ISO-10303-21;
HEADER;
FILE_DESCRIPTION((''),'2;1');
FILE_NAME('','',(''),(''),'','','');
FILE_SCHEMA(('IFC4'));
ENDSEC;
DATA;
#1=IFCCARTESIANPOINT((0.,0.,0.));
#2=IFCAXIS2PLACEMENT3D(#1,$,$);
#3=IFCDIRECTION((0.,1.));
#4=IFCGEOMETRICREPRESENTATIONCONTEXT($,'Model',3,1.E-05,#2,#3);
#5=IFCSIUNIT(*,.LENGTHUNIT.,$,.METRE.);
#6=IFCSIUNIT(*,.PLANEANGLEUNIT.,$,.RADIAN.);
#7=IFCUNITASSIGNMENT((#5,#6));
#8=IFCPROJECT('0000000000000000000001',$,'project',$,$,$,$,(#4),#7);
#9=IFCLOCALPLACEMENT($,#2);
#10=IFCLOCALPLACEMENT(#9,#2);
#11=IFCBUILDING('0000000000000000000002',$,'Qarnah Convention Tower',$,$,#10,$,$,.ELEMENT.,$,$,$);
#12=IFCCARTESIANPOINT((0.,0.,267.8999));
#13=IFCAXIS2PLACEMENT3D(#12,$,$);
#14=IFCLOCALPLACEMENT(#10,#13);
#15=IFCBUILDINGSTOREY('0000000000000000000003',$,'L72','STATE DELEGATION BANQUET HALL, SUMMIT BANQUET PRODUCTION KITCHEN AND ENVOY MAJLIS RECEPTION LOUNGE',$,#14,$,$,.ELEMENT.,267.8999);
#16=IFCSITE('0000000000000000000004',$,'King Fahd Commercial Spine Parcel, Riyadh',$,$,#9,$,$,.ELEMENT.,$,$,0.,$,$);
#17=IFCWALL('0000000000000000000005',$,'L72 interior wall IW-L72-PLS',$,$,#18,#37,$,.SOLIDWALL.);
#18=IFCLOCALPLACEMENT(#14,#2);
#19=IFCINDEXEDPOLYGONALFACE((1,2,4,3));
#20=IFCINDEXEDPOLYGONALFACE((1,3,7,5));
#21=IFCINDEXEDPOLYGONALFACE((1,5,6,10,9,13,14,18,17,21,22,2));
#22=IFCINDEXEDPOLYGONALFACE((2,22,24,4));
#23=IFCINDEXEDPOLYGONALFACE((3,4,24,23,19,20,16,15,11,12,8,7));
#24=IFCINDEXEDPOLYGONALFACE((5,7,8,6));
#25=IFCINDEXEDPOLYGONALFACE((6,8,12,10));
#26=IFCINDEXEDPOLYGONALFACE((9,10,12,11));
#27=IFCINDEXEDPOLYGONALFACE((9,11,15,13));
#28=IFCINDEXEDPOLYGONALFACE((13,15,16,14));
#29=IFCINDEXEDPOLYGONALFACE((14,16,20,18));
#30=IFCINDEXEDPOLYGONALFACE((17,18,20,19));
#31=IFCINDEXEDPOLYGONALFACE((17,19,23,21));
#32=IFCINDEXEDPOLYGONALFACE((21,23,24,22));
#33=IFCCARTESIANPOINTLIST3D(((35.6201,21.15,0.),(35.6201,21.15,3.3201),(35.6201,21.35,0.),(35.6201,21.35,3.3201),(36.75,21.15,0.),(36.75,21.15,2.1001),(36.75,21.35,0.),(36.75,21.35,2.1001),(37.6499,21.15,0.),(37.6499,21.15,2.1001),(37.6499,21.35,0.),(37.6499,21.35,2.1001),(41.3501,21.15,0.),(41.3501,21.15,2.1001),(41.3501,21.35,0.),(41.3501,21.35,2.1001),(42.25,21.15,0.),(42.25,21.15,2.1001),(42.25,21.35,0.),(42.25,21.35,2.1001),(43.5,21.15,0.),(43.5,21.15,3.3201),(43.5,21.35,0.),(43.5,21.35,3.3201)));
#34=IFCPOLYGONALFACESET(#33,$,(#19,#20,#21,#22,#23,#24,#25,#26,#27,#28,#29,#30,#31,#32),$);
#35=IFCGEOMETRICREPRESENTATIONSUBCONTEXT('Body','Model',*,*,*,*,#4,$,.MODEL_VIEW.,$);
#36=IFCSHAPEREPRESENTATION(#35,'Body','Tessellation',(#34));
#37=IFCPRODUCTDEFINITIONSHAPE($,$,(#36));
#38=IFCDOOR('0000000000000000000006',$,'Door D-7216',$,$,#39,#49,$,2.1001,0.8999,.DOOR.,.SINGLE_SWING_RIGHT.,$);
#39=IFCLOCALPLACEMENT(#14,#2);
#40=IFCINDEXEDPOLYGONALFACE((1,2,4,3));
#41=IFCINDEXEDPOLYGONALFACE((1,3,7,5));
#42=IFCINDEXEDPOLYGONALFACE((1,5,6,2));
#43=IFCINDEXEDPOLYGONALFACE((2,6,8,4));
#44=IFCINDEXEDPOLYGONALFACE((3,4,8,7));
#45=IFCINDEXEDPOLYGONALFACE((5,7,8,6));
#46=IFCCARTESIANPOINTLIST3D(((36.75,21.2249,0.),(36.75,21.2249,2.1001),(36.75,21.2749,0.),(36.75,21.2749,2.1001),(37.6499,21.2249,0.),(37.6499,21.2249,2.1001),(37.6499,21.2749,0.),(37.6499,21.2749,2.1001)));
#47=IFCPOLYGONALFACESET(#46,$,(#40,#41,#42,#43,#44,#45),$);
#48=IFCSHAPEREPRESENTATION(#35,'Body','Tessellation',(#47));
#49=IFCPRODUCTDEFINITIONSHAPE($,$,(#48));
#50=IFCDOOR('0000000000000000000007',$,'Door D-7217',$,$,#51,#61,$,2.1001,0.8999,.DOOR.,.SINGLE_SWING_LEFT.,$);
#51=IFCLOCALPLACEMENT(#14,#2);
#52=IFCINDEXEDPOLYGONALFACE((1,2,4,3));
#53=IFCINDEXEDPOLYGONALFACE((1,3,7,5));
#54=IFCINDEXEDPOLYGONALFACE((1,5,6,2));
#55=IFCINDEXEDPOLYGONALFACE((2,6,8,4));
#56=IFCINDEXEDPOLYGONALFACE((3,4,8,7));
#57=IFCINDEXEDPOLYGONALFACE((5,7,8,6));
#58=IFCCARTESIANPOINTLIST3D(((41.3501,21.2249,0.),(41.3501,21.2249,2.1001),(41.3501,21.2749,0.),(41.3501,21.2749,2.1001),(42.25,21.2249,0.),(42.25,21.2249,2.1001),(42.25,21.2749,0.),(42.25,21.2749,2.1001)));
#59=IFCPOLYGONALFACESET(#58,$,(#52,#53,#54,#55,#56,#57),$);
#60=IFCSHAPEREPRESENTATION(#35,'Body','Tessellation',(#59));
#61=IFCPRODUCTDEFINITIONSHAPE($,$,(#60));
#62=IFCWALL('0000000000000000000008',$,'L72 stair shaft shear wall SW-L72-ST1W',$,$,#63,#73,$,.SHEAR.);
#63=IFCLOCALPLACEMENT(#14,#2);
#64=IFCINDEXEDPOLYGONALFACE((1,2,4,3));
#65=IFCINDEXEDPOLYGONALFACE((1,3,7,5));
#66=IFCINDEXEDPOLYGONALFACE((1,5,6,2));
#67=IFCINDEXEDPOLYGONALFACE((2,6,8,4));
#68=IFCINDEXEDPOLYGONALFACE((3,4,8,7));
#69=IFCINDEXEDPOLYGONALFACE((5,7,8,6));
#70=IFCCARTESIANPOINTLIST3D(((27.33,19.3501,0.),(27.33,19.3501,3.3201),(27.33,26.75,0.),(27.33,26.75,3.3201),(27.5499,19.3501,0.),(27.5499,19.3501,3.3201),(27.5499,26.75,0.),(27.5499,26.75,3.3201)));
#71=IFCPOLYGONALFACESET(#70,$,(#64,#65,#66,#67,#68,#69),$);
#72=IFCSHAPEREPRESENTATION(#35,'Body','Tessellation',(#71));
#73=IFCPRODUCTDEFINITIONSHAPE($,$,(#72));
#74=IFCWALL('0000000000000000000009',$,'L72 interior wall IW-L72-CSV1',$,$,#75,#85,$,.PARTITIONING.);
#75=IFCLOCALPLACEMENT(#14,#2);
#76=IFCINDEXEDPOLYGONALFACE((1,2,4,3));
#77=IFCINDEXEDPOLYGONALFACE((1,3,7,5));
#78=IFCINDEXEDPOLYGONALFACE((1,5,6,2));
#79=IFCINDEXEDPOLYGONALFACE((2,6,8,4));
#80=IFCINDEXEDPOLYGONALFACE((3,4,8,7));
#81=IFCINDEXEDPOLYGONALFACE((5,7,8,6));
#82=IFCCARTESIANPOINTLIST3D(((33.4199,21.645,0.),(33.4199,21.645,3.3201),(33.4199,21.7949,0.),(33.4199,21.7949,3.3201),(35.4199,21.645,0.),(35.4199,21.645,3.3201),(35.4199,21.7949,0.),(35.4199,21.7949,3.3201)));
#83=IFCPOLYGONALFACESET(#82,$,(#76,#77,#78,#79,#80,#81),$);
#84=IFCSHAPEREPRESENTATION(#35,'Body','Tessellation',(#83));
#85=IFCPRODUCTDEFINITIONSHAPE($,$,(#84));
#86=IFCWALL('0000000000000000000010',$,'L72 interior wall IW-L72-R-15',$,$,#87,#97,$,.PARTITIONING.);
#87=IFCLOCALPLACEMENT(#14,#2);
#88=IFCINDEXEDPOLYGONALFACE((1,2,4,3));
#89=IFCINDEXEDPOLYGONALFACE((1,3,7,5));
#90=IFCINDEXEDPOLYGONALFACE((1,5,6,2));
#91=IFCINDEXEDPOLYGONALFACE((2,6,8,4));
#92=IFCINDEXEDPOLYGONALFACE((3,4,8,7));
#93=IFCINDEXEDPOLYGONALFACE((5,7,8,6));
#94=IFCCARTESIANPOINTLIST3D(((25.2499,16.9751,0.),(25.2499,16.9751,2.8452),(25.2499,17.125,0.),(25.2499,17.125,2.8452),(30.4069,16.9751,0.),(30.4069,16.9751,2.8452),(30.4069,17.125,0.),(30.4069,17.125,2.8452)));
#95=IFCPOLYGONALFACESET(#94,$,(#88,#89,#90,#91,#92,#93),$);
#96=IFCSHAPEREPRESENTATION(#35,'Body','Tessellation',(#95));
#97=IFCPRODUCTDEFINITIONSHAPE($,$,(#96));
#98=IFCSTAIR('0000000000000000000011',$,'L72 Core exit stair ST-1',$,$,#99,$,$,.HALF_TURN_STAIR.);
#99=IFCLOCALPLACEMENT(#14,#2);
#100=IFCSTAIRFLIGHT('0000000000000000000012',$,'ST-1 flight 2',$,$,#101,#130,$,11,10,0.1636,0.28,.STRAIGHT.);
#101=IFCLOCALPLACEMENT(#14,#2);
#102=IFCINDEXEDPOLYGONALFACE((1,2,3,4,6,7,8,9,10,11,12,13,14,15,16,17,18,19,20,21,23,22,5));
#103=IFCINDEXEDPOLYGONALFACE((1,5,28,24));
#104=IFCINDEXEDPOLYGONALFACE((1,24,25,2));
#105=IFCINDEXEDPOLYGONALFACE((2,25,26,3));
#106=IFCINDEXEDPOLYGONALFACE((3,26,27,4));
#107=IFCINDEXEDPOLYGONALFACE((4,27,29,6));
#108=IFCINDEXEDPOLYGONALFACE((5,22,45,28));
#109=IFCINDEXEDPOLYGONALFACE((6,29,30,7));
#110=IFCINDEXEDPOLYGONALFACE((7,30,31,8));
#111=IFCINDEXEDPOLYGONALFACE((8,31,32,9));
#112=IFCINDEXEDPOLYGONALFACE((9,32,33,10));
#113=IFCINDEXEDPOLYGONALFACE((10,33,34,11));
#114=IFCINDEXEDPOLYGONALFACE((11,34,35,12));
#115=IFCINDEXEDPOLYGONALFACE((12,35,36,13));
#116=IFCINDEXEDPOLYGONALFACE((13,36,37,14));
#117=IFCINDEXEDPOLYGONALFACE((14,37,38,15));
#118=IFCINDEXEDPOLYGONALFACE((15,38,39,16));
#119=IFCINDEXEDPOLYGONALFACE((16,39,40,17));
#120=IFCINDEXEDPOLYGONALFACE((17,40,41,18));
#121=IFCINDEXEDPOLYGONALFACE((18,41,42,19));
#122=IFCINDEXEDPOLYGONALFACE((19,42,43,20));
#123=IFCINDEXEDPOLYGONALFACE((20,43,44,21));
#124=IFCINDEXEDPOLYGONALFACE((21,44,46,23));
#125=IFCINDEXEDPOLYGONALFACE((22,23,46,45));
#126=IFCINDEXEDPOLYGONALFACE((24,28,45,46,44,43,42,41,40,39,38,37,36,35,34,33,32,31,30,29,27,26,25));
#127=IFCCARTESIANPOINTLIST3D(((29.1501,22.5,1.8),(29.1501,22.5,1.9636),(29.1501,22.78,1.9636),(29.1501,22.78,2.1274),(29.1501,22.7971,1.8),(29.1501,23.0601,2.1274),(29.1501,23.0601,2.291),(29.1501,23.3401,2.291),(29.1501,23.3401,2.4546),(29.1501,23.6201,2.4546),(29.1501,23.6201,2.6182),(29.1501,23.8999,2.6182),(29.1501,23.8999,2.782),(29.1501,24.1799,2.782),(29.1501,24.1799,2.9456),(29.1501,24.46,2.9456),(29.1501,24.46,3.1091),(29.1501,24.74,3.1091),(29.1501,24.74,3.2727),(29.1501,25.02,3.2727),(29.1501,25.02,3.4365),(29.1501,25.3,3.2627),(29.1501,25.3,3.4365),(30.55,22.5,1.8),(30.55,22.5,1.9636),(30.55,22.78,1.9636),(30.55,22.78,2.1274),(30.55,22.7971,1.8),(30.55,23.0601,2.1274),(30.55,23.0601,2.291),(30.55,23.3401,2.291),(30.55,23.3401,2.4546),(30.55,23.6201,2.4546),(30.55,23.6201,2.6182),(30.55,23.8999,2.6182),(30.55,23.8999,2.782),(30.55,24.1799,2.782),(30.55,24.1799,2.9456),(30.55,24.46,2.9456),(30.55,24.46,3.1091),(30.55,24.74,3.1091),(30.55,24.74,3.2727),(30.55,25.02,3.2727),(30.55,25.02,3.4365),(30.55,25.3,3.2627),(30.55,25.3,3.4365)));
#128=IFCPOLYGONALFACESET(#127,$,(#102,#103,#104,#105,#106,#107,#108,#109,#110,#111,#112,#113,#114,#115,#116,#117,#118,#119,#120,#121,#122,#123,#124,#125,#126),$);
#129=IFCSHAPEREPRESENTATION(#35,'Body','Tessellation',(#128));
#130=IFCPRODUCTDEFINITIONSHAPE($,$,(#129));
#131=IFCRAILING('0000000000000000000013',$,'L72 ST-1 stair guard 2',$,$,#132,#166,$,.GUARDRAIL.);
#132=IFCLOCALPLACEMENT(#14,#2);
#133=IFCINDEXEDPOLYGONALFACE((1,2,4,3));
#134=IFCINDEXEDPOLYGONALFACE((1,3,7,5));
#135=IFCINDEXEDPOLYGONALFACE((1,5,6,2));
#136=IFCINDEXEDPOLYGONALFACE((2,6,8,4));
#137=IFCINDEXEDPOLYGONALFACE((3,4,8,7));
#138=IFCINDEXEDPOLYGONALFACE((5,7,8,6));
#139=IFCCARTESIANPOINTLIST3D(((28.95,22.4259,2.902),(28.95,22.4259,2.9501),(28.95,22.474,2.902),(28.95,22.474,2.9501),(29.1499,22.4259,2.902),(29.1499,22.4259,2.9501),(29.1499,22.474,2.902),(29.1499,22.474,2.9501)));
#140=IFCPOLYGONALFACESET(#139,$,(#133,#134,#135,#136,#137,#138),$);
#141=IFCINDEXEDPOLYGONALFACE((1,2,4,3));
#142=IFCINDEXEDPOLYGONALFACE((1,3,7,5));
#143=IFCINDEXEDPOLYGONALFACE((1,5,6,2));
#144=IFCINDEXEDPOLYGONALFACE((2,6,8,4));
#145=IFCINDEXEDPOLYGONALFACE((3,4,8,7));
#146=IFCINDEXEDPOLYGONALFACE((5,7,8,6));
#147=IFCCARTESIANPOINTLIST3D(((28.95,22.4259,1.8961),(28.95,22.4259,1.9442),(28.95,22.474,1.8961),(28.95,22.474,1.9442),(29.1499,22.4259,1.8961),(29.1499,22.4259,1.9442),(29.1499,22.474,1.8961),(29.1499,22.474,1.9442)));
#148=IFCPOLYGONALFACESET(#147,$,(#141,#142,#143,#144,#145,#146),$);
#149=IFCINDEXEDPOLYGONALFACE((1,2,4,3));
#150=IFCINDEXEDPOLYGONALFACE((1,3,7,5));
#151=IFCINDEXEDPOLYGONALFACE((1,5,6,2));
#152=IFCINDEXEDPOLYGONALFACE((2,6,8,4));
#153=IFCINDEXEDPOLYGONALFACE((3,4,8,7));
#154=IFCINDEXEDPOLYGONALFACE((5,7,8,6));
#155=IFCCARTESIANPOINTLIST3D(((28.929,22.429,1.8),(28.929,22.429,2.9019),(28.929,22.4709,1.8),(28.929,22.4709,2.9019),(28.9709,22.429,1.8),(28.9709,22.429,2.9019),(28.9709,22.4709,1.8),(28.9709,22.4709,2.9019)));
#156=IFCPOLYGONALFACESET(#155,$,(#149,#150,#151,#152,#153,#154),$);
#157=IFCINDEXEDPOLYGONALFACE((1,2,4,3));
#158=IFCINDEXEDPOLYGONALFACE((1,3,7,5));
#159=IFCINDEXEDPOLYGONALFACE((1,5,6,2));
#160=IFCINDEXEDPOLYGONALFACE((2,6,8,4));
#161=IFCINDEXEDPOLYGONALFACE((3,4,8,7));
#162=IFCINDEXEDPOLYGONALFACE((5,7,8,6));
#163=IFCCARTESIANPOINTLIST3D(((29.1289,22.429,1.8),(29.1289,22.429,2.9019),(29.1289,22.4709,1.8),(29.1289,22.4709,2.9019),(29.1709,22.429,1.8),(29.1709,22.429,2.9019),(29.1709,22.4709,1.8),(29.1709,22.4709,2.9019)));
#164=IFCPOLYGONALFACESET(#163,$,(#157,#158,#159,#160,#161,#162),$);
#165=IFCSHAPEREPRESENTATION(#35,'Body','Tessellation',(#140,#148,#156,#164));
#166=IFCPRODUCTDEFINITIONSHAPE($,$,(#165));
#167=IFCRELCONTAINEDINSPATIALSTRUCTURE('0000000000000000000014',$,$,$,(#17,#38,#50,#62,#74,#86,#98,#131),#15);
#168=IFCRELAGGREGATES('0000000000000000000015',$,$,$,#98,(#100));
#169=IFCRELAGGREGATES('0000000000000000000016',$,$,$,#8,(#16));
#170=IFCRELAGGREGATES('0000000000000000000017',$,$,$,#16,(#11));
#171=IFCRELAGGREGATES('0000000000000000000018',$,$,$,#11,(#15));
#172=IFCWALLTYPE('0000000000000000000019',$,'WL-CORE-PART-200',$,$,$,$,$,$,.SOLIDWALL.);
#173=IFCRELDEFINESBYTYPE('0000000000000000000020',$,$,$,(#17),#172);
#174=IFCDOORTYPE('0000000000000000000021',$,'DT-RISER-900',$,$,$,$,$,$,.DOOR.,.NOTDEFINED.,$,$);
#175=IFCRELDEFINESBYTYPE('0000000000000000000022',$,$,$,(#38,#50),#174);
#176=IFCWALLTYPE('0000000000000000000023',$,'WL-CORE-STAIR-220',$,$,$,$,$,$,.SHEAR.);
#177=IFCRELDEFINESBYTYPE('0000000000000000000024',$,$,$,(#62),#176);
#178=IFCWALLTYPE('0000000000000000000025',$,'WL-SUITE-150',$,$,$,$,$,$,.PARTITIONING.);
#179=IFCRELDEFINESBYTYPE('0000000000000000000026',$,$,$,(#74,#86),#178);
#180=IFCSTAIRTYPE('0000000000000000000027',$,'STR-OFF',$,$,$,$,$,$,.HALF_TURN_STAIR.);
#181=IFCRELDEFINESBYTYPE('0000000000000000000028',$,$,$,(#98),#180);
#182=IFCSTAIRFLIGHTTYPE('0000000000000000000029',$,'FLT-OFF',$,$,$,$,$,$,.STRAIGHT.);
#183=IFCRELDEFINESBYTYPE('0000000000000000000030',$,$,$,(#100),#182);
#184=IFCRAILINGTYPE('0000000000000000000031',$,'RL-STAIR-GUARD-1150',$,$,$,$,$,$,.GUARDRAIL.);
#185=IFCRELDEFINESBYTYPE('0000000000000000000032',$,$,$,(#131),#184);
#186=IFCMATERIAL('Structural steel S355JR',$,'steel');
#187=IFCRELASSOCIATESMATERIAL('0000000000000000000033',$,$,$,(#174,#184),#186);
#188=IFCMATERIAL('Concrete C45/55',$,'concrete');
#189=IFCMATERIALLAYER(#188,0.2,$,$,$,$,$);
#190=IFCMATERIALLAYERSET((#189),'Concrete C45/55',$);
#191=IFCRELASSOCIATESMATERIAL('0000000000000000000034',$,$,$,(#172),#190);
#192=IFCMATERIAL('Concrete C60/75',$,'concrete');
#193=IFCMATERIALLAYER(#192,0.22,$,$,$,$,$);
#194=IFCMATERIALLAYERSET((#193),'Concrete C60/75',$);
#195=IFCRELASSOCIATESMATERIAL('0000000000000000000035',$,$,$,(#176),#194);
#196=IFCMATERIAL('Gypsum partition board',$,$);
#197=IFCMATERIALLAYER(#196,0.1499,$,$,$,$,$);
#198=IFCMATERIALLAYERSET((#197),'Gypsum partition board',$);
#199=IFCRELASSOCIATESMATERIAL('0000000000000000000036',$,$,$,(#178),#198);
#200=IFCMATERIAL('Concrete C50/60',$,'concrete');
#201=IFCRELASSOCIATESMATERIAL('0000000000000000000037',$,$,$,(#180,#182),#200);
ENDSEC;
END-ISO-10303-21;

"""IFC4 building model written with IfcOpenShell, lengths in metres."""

from ifc_helpers import new_model, si_unit, direction, frame, frame_2d, origin, origin_2d, place, context, subcontext, project, spatial, polyline, rectangle, outline, extrude, material, layer, layer_set, type_object, element, fill, aggregate, save


model = new_model("IFC4")

# Units and contexts
model_context = context("Model", 3, precision=1e-05, world=origin(), true_north=direction((0.0, 1.0)))
body_context = subcontext(model_context, "Body", "Model", "MODEL_VIEW")
ifc_project = project(units=[si_unit("LENGTHUNIT", "METRE"), si_unit("PLANEANGLEUNIT", "RADIAN")], contexts=[model_context])

# Site, building, storey
site_placement = place(None, origin())
site = spatial("IfcSite", under=ifc_project, at=site_placement, Name="King Fahd Commercial Spine Parcel, Riyadh", CompositionType="ELEMENT", RefElevation=0.0)
building_placement = place(site_placement, origin())
building = spatial("IfcBuilding", under=site, at=building_placement, Name="Qarnah Convention Tower", CompositionType="ELEMENT")
storey_placement = place(building_placement, frame((0.0, 0.0, 267.8999)))
storey = spatial("IfcBuildingStorey", under=building, at=storey_placement, Name="L72", Description="STATE DELEGATION BANQUET HALL, SUMMIT BANQUET PRODUCTION KITCHEN AND ENVOY MAJLIS RECEPTION LOUNGE", CompositionType="ELEMENT", Elevation=267.8999)

# Shared definitions
ifc_material_1 = material(Name="Concrete C50/60", Category="concrete")

# Shared definitions
ifc_material_2 = material(Name="Structural steel S355JR", Category="steel")

# Shared definitions
ifc_material_3 = material(Name="Concrete C60/75", Category="concrete")
door_type_1 = type_object("IfcDoorType", Name="DT-RISER-900", OperationType="NOTDEFINED", PredefinedType="DOOR", material=ifc_material_2)
ifc_material_4 = material(Name="Concrete C45/55", Category="concrete")
ifc_layer_1 = layer(ifc_material_4, 0.2)
ifc_layer_set_1 = layer_set([ifc_layer_1], Name="Concrete C45/55")
wall_type_1 = type_object("IfcWallType", Name="WL-CORE-PART-200", PredefinedType="SOLIDWALL", material=ifc_layer_set_1)

# Wall, openings, doors
wall_1_placement = place(storey_placement, frame((35.6201, 21.25, 0.0), z_axis=(0.0, 0.0, 1.0), x_axis=(1.0, 0.0, 0.0)))
wall_1 = element("IfcWall", 1, at=wall_1_placement, inside=storey, type_object=wall_type_1, Name="L72 interior wall IW-L72-PLS", PredefinedType="SOLIDWALL", context=body_context, shape_type="SweptSolid", body=[
    extrude(rectangle(XDim=7.8799, YDim=0.2, at=frame_2d((3.9399, 0.0))), origin(), (0.0, 0.0, 1.0), 3.3201),
])
opening_1_placement = place(wall_1_placement, frame((1.1299, 0.0, 0.0)))
opening_1 = element("IfcOpeningElement", 2, at=opening_1_placement, cuts=wall_1, PredefinedType="OPENING", context=body_context, shape_type="SweptSolid", body=[
    extrude(rectangle(XDim=0.8999, YDim=2.1001, at=frame_2d((0.45, 1.05))), frame((0.0, 0.1099, 0.0), z_axis=(0.0, -1.0, 0.0), x_axis=(1.0, 0.0, 0.0)), (0.0, 0.0, 1.0), 0.22),
])
opening_2_placement = place(wall_1_placement, frame((5.73, 0.0, 0.0)))
opening_2 = element("IfcOpeningElement", 3, at=opening_2_placement, cuts=wall_1, PredefinedType="OPENING", context=body_context, shape_type="SweptSolid", body=[
    extrude(rectangle(XDim=0.8999, YDim=2.1001, at=frame_2d((0.45, 1.05))), frame((0.0, 0.1099, 0.0), z_axis=(0.0, -1.0, 0.0), x_axis=(1.0, 0.0, 0.0)), (0.0, 0.0, 1.0), 0.22),
])
door_1_placement = place(opening_1_placement, origin())
door_1 = element("IfcDoor", 4, at=door_1_placement, inside=storey, type_object=door_type_1, Name="Door D-7216", OperationType="SINGLE_SWING_RIGHT", OverallHeight=2.1001, OverallWidth=0.8999, PredefinedType="DOOR", context=body_context, shape_type="SweptSolid", body=[
    extrude(rectangle(XDim=0.8999, YDim=2.1001, at=frame_2d((0.45, 1.05))), frame((0.0, 0.0249, 0.0), z_axis=(0.0, -1.0, 0.0), x_axis=(1.0, 0.0, 0.0)), (0.0, 0.0, 1.0), 0.05),
])
fill(opening_1, door_1)
door_2_placement = place(opening_2_placement, origin())
door_2 = element("IfcDoor", 5, at=door_2_placement, inside=storey, type_object=door_type_1, Name="Door D-7217", OperationType="SINGLE_SWING_LEFT", OverallHeight=2.1001, OverallWidth=0.8999, PredefinedType="DOOR", context=body_context, shape_type="SweptSolid", body=[
    extrude(rectangle(XDim=0.8999, YDim=2.1001, at=frame_2d((0.45, 1.05))), frame((0.0, 0.0249, 0.0), z_axis=(0.0, -1.0, 0.0), x_axis=(1.0, 0.0, 0.0)), (0.0, 0.0, 1.0), 0.05),
])
fill(opening_2, door_2)

# Walls
ifc_layer_2 = layer(ifc_material_3, 0.22)
ifc_layer_set_2 = layer_set([ifc_layer_2], Name="Concrete C60/75")
wall_type_2 = type_object("IfcWallType", Name="WL-CORE-STAIR-220", PredefinedType="SHEAR", material=ifc_layer_set_2)
wall_2_placement = place(storey_placement, frame((27.4399, 19.3501, 0.0), z_axis=(0.0, 0.0, 1.0), x_axis=(0.0, 1.0, 0.0)))
element("IfcWall", 6, at=wall_2_placement, inside=storey, type_object=wall_type_2, Name="L72 stair shaft shear wall SW-L72-ST1W", PredefinedType="SHEAR", context=body_context, shape_type="SweptSolid", body=[
    extrude(rectangle(XDim=7.3999, YDim=0.22, at=frame_2d((3.7, 0.0))), origin(), (0.0, 0.0, 1.0), 3.3201),
])
ifc_material_5 = material(Name="Gypsum partition board")
ifc_layer_3 = layer(ifc_material_5, 0.1499)
ifc_layer_set_3 = layer_set([ifc_layer_3], Name="Gypsum partition board")
wall_type_3 = type_object("IfcWallType", Name="WL-SUITE-150", PredefinedType="PARTITIONING", material=ifc_layer_set_3)
wall_3_placement = place(storey_placement, frame((33.4199, 21.72, 0.0), z_axis=(0.0, 0.0, 1.0), x_axis=(1.0, 0.0, 0.0)))
element("IfcWall", 7, at=wall_3_placement, inside=storey, type_object=wall_type_3, Name="L72 interior wall IW-L72-CSV1", PredefinedType="PARTITIONING", context=body_context, shape_type="SweptSolid", body=[
    extrude(rectangle(XDim=2.0, YDim=0.1499, at=frame_2d((1.0, 0.0))), origin(), (0.0, 0.0, 1.0), 3.3201),
])
wall_4_placement = place(storey_placement, frame((30.407, 17.05, 0.0), z_axis=(0.0, 0.0, 1.0), x_axis=(-1.0, 0.0, 0.0)))
element("IfcWall", 8, at=wall_4_placement, inside=storey, type_object=wall_type_3, Name="L72 interior wall IW-L72-R-15", PredefinedType="PARTITIONING", context=body_context, shape_type="SweptSolid", body=[
    extrude(rectangle(XDim=5.157, YDim=0.1499, at=frame_2d((2.5786, 0.0))), origin(), (0.0, 0.0, 1.0), 2.8452),
])

# Stair, stair flight
stair_type = type_object("IfcStairType", Name="STR-OFF", PredefinedType="HALF_TURN_STAIR", material=ifc_material_1)
stair_placement = place(storey_placement, origin())
stair = element("IfcStair", 9, at=stair_placement, inside=storey, type_object=stair_type, Name="L72 Core exit stair ST-1", PredefinedType="HALF_TURN_STAIR")
stair_flight_type = type_object("IfcStairFlightType", Name="FLT-OFF", PredefinedType="STRAIGHT", material=ifc_material_1)
stair_flight_placement = place(storey_placement, frame((29.8501, 22.5, 1.8), z_axis=(0.0, 0.0, 1.0), x_axis=(0.0, 1.0, 0.0)))
stair_flight = element("IfcStairFlight", 10, at=stair_flight_placement, type_object=stair_flight_type, Name="ST-1 flight 2", NumberOfRisers=11, NumberOfTreads=10, PredefinedType="STRAIGHT", RiserHeight=0.1636, TreadLength=0.28, context=body_context, shape_type="SweptSolid", body=[
    extrude(outline(polyline([(0.0, 0.0), (0.0, 0.1636), (0.28, 0.1636), (0.28, 0.3274), (0.5601, 0.3274), (0.5601, 0.491), (0.8401, 0.491), (0.8401, 0.6545), (1.1201, 0.6545), (1.1201, 0.8181), (1.3999, 0.8181), (1.3999, 0.9819), (1.6799, 0.9819), (1.6799, 1.1455), (1.96, 1.1455), (1.96, 1.3091), (2.24, 1.3091), (2.24, 1.4727), (2.52, 1.4727), (2.52, 1.6365), (2.8, 1.6365), (2.8, 1.8), (2.8, 1.4626), (0.2971, 0.0), (0.0, 0.0)])), frame((0.0, 0.7, 0.0), z_axis=(0.0, -1.0, 0.0), x_axis=(1.0, 0.0, 0.0)), (0.0, 0.0, 1.0), 1.3999),
])
aggregate(stair, [stair_flight])

# Railing
railing_type_1 = type_object("IfcRailingType", Name="RL-STAIR-GUARD-1150", PredefinedType="GUARDRAIL", material=ifc_material_2)
railing_1_placement = place(storey_placement, frame((28.95, 22.45, 1.8)))
element("IfcRailing", 11, at=railing_1_placement, inside=storey, type_object=railing_type_1, Name="L72 ST-1 stair guard 2", PredefinedType="GUARDRAIL", context=body_context, shape_type="SweptSolid", body=[
    extrude(rectangle(XDim=0.0481, YDim=0.0481, at=origin_2d()), frame((0.0, 0.0, 1.126), z_axis=(1.0, 0.0, 0.0), x_axis=(0.0, 1.0, 0.0)), (0.0, 0.0, 1.0), 0.2),
    extrude(rectangle(XDim=0.0481, YDim=0.0481, at=origin_2d()), frame((0.0, 0.0, 0.1201), z_axis=(1.0, 0.0, 0.0), x_axis=(0.0, 1.0, 0.0)), (0.0, 0.0, 1.0), 0.2),
    extrude(rectangle(XDim=0.042, YDim=0.042, at=origin_2d()), origin(), (0.0, 0.0, 1.0), 1.1018),
    extrude(rectangle(XDim=0.042, YDim=0.042, at=origin_2d()), frame((0.2, 0.0, 0.0)), (0.0, 0.0, 1.0), 1.1018),
])

save(model, "model.ifc")
